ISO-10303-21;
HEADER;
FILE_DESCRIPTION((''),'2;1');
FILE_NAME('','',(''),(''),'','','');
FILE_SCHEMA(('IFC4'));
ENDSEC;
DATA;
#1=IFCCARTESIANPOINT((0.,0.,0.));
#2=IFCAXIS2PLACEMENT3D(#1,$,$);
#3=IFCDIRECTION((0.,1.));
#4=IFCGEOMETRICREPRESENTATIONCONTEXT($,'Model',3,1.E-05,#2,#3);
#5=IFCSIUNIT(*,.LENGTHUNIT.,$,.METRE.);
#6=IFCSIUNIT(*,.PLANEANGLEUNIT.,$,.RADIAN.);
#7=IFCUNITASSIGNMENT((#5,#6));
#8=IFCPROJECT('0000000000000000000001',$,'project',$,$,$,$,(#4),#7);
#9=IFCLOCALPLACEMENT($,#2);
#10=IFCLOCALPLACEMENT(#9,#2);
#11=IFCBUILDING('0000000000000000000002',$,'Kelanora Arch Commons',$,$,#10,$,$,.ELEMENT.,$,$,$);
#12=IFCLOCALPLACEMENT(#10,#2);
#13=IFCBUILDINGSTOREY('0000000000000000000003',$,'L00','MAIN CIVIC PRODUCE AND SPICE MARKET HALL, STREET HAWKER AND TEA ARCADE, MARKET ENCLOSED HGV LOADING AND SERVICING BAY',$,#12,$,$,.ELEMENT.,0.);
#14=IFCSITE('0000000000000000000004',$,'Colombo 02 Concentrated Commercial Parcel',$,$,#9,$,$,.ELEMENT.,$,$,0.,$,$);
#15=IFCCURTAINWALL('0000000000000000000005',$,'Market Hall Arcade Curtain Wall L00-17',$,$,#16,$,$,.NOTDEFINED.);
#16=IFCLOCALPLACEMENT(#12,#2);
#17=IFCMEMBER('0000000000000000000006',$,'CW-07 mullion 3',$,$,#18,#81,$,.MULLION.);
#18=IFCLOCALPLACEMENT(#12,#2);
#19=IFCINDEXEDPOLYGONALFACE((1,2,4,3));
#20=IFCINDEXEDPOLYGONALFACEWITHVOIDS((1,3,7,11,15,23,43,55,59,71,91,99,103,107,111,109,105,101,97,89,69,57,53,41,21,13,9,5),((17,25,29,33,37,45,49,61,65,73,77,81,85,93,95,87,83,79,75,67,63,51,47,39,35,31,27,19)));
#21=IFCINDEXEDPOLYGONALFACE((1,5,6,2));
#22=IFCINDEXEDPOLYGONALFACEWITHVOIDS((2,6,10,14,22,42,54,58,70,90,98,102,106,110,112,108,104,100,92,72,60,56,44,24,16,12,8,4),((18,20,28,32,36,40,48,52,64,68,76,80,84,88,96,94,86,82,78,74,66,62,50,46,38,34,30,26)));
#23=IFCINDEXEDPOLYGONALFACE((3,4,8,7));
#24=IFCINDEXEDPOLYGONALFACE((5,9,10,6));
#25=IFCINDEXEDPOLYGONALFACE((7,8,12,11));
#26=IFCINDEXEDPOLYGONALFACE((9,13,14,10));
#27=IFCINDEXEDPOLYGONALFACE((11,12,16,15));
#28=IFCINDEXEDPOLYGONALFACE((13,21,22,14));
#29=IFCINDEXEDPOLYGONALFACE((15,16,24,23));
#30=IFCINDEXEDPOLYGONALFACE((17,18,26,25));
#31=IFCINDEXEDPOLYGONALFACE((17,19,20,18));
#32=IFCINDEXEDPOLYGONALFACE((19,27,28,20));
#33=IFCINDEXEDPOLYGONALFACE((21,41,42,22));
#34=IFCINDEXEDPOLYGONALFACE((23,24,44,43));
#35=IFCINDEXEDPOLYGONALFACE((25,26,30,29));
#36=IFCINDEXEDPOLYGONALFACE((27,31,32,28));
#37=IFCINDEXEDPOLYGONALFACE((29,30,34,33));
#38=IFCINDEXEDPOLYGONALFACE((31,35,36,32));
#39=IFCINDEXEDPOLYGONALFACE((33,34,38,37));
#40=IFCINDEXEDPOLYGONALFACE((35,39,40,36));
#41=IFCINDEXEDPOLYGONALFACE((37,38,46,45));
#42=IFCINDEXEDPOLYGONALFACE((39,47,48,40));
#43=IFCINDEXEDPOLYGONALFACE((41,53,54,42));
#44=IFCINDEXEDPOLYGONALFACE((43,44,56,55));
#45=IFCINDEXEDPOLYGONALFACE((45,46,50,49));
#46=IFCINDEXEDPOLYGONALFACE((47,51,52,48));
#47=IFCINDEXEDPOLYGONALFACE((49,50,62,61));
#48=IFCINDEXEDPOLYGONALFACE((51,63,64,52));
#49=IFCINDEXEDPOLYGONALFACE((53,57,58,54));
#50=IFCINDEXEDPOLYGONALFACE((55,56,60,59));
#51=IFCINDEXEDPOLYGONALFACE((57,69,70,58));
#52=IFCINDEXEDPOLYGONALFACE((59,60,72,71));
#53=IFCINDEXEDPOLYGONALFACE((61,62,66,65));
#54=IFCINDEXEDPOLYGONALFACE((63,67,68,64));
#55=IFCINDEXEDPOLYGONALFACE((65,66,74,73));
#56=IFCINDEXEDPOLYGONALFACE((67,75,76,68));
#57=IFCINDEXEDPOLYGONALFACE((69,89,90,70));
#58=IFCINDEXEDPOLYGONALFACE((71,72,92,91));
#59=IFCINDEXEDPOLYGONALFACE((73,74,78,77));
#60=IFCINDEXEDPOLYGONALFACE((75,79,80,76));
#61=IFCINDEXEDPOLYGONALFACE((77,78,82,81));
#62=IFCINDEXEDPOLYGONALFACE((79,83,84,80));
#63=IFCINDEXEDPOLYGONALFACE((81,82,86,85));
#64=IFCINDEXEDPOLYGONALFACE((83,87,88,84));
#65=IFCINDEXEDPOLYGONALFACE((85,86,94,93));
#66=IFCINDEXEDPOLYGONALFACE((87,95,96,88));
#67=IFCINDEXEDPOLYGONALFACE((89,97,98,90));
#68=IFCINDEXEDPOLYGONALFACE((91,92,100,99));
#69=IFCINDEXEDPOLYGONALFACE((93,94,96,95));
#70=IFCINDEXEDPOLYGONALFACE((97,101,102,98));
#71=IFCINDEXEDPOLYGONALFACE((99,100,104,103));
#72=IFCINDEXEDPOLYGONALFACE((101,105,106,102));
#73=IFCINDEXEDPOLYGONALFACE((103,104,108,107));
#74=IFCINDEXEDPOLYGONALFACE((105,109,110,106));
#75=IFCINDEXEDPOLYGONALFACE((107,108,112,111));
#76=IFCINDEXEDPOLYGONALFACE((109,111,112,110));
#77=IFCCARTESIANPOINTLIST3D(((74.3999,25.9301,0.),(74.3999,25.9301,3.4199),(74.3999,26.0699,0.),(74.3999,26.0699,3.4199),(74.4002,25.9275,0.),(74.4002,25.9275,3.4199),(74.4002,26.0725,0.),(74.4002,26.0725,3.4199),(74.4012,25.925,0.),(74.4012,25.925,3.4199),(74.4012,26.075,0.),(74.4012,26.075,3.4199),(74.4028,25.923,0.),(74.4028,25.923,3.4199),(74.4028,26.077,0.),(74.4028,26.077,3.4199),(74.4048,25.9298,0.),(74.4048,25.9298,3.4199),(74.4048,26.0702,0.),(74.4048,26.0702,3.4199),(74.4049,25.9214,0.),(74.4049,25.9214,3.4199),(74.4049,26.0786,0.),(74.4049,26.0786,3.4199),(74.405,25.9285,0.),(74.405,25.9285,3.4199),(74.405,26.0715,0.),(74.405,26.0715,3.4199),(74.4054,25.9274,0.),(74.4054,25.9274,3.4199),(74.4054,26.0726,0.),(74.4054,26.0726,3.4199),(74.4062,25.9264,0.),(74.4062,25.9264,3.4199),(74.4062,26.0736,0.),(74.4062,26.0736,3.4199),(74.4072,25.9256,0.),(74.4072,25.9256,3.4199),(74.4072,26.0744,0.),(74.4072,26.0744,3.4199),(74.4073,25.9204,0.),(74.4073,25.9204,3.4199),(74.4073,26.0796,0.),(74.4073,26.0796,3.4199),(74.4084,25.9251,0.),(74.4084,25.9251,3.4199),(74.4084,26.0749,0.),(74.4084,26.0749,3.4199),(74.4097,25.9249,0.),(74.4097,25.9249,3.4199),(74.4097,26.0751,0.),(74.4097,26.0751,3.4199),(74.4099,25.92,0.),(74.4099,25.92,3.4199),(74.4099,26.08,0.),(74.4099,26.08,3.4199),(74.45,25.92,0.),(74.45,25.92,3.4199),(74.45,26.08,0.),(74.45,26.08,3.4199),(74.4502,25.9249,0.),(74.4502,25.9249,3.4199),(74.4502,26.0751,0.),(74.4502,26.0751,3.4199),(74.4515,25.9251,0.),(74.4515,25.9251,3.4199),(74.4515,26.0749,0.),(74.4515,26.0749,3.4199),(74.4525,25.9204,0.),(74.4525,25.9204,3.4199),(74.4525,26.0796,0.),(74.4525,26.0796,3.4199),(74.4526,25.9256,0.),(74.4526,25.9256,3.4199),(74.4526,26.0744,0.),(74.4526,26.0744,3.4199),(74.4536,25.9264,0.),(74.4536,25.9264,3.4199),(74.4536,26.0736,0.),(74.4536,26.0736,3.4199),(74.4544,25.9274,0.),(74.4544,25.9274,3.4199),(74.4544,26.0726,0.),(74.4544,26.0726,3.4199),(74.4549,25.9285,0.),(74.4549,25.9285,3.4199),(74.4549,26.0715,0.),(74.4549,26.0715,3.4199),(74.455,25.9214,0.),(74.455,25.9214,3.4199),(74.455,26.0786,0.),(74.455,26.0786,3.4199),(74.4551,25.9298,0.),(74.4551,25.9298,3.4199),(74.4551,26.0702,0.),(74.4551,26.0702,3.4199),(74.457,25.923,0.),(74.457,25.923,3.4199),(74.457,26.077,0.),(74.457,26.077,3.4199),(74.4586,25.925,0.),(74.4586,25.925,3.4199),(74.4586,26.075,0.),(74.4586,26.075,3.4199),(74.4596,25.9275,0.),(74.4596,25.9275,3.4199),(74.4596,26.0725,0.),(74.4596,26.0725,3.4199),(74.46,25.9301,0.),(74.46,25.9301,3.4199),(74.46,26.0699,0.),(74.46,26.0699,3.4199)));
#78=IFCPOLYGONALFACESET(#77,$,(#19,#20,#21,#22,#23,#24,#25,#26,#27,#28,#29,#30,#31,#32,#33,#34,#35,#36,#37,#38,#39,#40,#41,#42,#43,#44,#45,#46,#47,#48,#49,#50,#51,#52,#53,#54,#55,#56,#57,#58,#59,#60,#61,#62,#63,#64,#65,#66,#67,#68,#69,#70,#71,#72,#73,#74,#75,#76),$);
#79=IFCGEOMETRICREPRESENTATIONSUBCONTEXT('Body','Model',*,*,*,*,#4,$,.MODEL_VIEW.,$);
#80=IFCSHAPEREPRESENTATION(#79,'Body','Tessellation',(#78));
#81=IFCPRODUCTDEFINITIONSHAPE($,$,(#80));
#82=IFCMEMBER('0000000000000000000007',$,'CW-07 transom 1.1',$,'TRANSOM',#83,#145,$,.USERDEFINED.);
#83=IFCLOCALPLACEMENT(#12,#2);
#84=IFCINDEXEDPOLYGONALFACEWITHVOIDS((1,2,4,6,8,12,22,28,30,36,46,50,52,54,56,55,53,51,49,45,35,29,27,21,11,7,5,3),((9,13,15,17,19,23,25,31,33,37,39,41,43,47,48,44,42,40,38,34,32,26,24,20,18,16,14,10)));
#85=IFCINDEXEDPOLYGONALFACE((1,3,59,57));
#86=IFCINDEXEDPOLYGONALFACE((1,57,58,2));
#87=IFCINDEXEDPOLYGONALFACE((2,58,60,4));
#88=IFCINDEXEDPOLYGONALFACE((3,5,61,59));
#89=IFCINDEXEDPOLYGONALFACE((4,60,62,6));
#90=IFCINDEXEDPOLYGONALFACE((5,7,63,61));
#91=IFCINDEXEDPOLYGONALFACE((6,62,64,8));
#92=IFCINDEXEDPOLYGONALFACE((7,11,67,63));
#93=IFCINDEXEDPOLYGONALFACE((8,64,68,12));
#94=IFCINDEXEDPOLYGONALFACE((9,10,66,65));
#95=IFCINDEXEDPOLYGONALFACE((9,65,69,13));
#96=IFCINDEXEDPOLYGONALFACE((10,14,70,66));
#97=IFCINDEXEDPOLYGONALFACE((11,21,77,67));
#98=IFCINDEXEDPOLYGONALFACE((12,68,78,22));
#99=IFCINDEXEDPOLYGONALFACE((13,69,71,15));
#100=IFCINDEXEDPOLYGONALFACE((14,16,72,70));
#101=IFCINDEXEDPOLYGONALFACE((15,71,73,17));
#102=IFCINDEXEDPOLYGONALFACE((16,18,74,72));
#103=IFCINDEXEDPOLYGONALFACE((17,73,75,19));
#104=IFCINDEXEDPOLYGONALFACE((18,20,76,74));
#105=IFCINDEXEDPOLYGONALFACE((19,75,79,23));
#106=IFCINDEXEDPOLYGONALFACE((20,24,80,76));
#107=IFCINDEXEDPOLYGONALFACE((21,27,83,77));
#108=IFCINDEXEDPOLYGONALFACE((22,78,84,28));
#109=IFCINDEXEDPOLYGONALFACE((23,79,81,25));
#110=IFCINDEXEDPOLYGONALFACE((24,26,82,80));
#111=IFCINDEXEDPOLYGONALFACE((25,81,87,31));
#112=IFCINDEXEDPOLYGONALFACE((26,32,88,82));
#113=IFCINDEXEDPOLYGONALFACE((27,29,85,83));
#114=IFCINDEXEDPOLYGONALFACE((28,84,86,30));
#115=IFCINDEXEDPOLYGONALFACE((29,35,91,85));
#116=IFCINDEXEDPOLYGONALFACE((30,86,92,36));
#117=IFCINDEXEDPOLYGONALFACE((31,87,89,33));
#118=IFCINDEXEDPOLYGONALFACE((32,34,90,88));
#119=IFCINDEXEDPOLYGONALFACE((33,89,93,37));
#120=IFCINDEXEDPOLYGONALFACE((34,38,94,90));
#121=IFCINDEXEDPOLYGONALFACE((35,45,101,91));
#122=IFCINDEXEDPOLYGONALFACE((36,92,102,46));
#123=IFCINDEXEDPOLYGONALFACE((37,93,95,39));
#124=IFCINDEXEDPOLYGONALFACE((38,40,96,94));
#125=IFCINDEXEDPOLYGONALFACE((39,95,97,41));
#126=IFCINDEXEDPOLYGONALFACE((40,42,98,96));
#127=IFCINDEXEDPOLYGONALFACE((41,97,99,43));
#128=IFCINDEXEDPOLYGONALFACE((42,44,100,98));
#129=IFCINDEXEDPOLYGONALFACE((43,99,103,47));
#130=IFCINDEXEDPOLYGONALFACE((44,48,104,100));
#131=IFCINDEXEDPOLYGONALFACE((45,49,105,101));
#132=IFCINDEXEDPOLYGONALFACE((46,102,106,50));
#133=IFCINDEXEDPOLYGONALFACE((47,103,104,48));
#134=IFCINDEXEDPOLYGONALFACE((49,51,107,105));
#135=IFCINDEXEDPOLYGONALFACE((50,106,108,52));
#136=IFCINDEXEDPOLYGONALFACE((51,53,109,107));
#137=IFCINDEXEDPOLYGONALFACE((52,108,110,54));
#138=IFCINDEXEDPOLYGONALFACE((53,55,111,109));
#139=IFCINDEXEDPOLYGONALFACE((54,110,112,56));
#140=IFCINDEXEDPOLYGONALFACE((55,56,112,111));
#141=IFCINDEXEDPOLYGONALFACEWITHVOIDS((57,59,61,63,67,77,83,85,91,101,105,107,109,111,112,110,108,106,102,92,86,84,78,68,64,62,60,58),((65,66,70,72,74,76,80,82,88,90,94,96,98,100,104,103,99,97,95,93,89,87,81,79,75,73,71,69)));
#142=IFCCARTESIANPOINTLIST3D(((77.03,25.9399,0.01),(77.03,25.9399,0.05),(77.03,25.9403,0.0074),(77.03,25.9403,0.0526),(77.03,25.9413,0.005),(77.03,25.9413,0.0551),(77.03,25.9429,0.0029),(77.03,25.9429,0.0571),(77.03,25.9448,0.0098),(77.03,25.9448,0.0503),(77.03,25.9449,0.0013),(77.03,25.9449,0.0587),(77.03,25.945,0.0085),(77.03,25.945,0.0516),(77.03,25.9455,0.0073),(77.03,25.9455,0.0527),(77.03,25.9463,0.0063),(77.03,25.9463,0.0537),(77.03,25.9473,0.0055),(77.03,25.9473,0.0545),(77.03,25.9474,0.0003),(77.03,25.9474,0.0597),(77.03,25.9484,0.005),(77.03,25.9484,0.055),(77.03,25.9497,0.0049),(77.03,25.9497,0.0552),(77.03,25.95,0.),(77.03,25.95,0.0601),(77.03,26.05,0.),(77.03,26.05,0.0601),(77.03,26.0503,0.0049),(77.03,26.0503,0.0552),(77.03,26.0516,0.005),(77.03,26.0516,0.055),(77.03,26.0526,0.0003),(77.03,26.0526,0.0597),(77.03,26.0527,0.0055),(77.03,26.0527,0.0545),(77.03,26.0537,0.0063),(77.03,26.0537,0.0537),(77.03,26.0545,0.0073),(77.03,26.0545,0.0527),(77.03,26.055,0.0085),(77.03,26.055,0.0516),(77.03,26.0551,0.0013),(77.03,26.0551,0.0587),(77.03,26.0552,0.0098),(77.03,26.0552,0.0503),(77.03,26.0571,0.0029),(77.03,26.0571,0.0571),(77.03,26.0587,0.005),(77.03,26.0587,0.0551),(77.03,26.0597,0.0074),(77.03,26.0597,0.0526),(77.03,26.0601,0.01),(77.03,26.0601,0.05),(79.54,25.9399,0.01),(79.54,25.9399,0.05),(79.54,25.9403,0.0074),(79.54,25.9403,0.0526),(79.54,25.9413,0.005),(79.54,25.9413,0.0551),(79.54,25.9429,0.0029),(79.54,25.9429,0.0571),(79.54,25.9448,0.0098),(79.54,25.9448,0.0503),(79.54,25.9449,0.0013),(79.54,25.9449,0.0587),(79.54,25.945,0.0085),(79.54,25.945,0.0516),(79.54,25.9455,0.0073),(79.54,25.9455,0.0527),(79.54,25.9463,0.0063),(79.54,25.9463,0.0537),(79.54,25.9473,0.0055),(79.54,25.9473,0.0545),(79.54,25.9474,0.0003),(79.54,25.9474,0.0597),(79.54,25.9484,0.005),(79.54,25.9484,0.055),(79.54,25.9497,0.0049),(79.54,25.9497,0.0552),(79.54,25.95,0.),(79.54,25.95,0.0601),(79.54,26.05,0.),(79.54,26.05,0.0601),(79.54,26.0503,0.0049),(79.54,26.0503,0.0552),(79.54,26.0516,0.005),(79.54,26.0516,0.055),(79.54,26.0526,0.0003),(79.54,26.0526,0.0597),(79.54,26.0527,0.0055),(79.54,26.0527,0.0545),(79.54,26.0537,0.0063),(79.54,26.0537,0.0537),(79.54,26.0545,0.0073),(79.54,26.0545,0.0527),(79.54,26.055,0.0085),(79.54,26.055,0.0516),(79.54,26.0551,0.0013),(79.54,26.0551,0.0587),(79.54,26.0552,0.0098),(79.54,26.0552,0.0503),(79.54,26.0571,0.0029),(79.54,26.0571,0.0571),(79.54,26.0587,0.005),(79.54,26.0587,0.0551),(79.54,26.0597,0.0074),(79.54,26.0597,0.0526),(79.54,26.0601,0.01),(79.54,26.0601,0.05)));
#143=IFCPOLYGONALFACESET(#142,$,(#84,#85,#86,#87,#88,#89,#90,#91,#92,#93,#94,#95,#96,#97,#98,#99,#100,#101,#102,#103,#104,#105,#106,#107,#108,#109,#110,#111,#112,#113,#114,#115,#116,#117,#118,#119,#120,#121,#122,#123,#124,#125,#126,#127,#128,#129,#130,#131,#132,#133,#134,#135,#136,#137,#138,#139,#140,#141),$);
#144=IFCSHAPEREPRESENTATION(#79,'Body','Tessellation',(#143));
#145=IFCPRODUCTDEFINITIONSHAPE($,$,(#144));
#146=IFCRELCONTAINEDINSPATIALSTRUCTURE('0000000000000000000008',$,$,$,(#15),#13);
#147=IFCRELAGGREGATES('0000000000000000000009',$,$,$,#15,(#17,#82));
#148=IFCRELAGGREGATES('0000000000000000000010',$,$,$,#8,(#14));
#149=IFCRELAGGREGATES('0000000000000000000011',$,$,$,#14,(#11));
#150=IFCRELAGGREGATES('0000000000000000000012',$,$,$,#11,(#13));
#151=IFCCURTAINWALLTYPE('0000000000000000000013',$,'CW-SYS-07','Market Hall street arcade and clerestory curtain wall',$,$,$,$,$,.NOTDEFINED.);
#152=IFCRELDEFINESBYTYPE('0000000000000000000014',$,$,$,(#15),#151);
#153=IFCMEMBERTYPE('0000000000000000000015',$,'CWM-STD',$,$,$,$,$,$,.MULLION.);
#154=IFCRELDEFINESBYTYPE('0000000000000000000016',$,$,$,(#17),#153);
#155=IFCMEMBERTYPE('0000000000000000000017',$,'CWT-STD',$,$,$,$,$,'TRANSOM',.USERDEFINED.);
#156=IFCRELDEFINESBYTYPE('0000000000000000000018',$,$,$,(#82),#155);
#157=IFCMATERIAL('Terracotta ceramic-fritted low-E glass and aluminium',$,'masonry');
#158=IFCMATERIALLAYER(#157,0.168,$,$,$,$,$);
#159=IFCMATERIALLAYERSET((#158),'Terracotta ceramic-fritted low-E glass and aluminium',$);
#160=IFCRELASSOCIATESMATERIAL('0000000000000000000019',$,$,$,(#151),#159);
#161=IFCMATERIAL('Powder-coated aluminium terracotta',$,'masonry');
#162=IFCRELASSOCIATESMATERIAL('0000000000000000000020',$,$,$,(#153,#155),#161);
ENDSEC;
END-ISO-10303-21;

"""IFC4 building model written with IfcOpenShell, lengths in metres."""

from ifc_helpers import new_model, si_unit, direction, frame, origin, origin_2d, place, context, subcontext, project, spatial, hollow_rectangle, extrude, material, layer, layer_set, material_profile, profile_set, type_object, element, aggregate, save


model = new_model("IFC4")

# Units and contexts
model_context = context("Model", 3, precision=1e-05, world=origin(), true_north=direction((0.0, 1.0)))
body_context = subcontext(model_context, "Body", "Model", "MODEL_VIEW")
ifc_project = project(units=[si_unit("LENGTHUNIT", "METRE"), si_unit("PLANEANGLEUNIT", "RADIAN")], contexts=[model_context])

# Site, building, storey
site_placement = place(None, origin())
site = spatial("IfcSite", under=ifc_project, at=site_placement, Name="Colombo 02 Concentrated Commercial Parcel", CompositionType="ELEMENT", RefElevation=0.0)
building_placement = place(site_placement, origin())
building = spatial("IfcBuilding", under=site, at=building_placement, Name="Kelanora Arch Commons", CompositionType="ELEMENT")
storey_placement = place(building_placement, origin())
storey = spatial("IfcBuildingStorey", under=building, at=storey_placement, Name="L00", Description="MAIN CIVIC PRODUCE AND SPICE MARKET HALL, STREET HAWKER AND TEA ARCADE, MARKET ENCLOSED HGV LOADING AND SERVICING BAY", CompositionType="ELEMENT", Elevation=0.0)

# Curtain wall, members
ifc_material_1 = material(Name="Terracotta ceramic-fritted low-E glass and aluminium", Category="masonry")
ifc_layer_1 = layer(ifc_material_1, 0.168)
ifc_layer_set_1 = layer_set([ifc_layer_1], Name="Terracotta ceramic-fritted low-E glass and aluminium")
curtain_wall_type = type_object("IfcCurtainWallType", Name="CW-SYS-07", Description="Market Hall street arcade and clerestory curtain wall", PredefinedType="NOTDEFINED", material=ifc_layer_set_1)
curtain_wall_placement = place(storey_placement, origin())
curtain_wall = element("IfcCurtainWall", 1, at=curtain_wall_placement, inside=storey, type_object=curtain_wall_type, Name="Market Hall Arcade Curtain Wall L00-17", PredefinedType="NOTDEFINED")
ifc_material_2 = material(Name="Powder-coated aluminium terracotta", Category="masonry")
ifc_material_profile_1 = material_profile(ifc_material_2, hollow_rectangle(XDim=0.1599, YDim=0.0601, WallThickness=0.0049, InnerFilletRadius=0.0049, OuterFilletRadius=0.01, at=origin_2d()), Name="CWM160x60")
ifc_profile_set_1 = profile_set([ifc_material_profile_1], Name="Powder-coated aluminium terracotta")
member_type_1 = type_object("IfcMemberType", Name="CWM-STD", PredefinedType="MULLION", material=ifc_profile_set_1)
member_1_placement = place(storey_placement, frame((74.4299, 26.0, 0.0), z_axis=(0.0, 0.0, 1.0), x_axis=(0.0, -1.0, 0.0)))
member_1 = element("IfcMember", 2, at=member_1_placement, type_object=member_type_1, Name="CW-07 mullion 3", PredefinedType="MULLION", context=body_context, shape_type="SweptSolid", body=[
    extrude(hollow_rectangle(XDim=0.1599, YDim=0.0601, WallThickness=0.0049, InnerFilletRadius=0.0049, OuterFilletRadius=0.01, at=origin_2d()), origin(), (0.0, 0.0, 1.0), 3.4199),
])
ifc_material_profile_2 = material_profile(ifc_material_2, hollow_rectangle(XDim=0.1201, YDim=0.0601, WallThickness=0.0049, InnerFilletRadius=0.0049, OuterFilletRadius=0.01, at=origin_2d()), Name="CWT120x60")
ifc_profile_set_2 = profile_set([ifc_material_profile_2], Name="Powder-coated aluminium terracotta")
member_type_2 = type_object("IfcMemberType", Name="CWT-STD", ElementType="TRANSOM", PredefinedType="USERDEFINED", material=ifc_profile_set_2)
member_2_placement = place(storey_placement, frame((79.54, 26.0, 0.03), z_axis=(-1.0, 0.0, 0.0), x_axis=(0.0, -1.0, 0.0)))
member_2 = element("IfcMember", 3, at=member_2_placement, type_object=member_type_2, Name="CW-07 transom 1.1", ObjectType="TRANSOM", PredefinedType="USERDEFINED", context=body_context, shape_type="SweptSolid", body=[
    extrude(hollow_rectangle(XDim=0.1201, YDim=0.0601, WallThickness=0.0049, InnerFilletRadius=0.0049, OuterFilletRadius=0.01, at=origin_2d()), origin(), (0.0, 0.0, 1.0), 2.51),
])
aggregate(curtain_wall, [member_1, member_2])

save(model, "model.ifc")
